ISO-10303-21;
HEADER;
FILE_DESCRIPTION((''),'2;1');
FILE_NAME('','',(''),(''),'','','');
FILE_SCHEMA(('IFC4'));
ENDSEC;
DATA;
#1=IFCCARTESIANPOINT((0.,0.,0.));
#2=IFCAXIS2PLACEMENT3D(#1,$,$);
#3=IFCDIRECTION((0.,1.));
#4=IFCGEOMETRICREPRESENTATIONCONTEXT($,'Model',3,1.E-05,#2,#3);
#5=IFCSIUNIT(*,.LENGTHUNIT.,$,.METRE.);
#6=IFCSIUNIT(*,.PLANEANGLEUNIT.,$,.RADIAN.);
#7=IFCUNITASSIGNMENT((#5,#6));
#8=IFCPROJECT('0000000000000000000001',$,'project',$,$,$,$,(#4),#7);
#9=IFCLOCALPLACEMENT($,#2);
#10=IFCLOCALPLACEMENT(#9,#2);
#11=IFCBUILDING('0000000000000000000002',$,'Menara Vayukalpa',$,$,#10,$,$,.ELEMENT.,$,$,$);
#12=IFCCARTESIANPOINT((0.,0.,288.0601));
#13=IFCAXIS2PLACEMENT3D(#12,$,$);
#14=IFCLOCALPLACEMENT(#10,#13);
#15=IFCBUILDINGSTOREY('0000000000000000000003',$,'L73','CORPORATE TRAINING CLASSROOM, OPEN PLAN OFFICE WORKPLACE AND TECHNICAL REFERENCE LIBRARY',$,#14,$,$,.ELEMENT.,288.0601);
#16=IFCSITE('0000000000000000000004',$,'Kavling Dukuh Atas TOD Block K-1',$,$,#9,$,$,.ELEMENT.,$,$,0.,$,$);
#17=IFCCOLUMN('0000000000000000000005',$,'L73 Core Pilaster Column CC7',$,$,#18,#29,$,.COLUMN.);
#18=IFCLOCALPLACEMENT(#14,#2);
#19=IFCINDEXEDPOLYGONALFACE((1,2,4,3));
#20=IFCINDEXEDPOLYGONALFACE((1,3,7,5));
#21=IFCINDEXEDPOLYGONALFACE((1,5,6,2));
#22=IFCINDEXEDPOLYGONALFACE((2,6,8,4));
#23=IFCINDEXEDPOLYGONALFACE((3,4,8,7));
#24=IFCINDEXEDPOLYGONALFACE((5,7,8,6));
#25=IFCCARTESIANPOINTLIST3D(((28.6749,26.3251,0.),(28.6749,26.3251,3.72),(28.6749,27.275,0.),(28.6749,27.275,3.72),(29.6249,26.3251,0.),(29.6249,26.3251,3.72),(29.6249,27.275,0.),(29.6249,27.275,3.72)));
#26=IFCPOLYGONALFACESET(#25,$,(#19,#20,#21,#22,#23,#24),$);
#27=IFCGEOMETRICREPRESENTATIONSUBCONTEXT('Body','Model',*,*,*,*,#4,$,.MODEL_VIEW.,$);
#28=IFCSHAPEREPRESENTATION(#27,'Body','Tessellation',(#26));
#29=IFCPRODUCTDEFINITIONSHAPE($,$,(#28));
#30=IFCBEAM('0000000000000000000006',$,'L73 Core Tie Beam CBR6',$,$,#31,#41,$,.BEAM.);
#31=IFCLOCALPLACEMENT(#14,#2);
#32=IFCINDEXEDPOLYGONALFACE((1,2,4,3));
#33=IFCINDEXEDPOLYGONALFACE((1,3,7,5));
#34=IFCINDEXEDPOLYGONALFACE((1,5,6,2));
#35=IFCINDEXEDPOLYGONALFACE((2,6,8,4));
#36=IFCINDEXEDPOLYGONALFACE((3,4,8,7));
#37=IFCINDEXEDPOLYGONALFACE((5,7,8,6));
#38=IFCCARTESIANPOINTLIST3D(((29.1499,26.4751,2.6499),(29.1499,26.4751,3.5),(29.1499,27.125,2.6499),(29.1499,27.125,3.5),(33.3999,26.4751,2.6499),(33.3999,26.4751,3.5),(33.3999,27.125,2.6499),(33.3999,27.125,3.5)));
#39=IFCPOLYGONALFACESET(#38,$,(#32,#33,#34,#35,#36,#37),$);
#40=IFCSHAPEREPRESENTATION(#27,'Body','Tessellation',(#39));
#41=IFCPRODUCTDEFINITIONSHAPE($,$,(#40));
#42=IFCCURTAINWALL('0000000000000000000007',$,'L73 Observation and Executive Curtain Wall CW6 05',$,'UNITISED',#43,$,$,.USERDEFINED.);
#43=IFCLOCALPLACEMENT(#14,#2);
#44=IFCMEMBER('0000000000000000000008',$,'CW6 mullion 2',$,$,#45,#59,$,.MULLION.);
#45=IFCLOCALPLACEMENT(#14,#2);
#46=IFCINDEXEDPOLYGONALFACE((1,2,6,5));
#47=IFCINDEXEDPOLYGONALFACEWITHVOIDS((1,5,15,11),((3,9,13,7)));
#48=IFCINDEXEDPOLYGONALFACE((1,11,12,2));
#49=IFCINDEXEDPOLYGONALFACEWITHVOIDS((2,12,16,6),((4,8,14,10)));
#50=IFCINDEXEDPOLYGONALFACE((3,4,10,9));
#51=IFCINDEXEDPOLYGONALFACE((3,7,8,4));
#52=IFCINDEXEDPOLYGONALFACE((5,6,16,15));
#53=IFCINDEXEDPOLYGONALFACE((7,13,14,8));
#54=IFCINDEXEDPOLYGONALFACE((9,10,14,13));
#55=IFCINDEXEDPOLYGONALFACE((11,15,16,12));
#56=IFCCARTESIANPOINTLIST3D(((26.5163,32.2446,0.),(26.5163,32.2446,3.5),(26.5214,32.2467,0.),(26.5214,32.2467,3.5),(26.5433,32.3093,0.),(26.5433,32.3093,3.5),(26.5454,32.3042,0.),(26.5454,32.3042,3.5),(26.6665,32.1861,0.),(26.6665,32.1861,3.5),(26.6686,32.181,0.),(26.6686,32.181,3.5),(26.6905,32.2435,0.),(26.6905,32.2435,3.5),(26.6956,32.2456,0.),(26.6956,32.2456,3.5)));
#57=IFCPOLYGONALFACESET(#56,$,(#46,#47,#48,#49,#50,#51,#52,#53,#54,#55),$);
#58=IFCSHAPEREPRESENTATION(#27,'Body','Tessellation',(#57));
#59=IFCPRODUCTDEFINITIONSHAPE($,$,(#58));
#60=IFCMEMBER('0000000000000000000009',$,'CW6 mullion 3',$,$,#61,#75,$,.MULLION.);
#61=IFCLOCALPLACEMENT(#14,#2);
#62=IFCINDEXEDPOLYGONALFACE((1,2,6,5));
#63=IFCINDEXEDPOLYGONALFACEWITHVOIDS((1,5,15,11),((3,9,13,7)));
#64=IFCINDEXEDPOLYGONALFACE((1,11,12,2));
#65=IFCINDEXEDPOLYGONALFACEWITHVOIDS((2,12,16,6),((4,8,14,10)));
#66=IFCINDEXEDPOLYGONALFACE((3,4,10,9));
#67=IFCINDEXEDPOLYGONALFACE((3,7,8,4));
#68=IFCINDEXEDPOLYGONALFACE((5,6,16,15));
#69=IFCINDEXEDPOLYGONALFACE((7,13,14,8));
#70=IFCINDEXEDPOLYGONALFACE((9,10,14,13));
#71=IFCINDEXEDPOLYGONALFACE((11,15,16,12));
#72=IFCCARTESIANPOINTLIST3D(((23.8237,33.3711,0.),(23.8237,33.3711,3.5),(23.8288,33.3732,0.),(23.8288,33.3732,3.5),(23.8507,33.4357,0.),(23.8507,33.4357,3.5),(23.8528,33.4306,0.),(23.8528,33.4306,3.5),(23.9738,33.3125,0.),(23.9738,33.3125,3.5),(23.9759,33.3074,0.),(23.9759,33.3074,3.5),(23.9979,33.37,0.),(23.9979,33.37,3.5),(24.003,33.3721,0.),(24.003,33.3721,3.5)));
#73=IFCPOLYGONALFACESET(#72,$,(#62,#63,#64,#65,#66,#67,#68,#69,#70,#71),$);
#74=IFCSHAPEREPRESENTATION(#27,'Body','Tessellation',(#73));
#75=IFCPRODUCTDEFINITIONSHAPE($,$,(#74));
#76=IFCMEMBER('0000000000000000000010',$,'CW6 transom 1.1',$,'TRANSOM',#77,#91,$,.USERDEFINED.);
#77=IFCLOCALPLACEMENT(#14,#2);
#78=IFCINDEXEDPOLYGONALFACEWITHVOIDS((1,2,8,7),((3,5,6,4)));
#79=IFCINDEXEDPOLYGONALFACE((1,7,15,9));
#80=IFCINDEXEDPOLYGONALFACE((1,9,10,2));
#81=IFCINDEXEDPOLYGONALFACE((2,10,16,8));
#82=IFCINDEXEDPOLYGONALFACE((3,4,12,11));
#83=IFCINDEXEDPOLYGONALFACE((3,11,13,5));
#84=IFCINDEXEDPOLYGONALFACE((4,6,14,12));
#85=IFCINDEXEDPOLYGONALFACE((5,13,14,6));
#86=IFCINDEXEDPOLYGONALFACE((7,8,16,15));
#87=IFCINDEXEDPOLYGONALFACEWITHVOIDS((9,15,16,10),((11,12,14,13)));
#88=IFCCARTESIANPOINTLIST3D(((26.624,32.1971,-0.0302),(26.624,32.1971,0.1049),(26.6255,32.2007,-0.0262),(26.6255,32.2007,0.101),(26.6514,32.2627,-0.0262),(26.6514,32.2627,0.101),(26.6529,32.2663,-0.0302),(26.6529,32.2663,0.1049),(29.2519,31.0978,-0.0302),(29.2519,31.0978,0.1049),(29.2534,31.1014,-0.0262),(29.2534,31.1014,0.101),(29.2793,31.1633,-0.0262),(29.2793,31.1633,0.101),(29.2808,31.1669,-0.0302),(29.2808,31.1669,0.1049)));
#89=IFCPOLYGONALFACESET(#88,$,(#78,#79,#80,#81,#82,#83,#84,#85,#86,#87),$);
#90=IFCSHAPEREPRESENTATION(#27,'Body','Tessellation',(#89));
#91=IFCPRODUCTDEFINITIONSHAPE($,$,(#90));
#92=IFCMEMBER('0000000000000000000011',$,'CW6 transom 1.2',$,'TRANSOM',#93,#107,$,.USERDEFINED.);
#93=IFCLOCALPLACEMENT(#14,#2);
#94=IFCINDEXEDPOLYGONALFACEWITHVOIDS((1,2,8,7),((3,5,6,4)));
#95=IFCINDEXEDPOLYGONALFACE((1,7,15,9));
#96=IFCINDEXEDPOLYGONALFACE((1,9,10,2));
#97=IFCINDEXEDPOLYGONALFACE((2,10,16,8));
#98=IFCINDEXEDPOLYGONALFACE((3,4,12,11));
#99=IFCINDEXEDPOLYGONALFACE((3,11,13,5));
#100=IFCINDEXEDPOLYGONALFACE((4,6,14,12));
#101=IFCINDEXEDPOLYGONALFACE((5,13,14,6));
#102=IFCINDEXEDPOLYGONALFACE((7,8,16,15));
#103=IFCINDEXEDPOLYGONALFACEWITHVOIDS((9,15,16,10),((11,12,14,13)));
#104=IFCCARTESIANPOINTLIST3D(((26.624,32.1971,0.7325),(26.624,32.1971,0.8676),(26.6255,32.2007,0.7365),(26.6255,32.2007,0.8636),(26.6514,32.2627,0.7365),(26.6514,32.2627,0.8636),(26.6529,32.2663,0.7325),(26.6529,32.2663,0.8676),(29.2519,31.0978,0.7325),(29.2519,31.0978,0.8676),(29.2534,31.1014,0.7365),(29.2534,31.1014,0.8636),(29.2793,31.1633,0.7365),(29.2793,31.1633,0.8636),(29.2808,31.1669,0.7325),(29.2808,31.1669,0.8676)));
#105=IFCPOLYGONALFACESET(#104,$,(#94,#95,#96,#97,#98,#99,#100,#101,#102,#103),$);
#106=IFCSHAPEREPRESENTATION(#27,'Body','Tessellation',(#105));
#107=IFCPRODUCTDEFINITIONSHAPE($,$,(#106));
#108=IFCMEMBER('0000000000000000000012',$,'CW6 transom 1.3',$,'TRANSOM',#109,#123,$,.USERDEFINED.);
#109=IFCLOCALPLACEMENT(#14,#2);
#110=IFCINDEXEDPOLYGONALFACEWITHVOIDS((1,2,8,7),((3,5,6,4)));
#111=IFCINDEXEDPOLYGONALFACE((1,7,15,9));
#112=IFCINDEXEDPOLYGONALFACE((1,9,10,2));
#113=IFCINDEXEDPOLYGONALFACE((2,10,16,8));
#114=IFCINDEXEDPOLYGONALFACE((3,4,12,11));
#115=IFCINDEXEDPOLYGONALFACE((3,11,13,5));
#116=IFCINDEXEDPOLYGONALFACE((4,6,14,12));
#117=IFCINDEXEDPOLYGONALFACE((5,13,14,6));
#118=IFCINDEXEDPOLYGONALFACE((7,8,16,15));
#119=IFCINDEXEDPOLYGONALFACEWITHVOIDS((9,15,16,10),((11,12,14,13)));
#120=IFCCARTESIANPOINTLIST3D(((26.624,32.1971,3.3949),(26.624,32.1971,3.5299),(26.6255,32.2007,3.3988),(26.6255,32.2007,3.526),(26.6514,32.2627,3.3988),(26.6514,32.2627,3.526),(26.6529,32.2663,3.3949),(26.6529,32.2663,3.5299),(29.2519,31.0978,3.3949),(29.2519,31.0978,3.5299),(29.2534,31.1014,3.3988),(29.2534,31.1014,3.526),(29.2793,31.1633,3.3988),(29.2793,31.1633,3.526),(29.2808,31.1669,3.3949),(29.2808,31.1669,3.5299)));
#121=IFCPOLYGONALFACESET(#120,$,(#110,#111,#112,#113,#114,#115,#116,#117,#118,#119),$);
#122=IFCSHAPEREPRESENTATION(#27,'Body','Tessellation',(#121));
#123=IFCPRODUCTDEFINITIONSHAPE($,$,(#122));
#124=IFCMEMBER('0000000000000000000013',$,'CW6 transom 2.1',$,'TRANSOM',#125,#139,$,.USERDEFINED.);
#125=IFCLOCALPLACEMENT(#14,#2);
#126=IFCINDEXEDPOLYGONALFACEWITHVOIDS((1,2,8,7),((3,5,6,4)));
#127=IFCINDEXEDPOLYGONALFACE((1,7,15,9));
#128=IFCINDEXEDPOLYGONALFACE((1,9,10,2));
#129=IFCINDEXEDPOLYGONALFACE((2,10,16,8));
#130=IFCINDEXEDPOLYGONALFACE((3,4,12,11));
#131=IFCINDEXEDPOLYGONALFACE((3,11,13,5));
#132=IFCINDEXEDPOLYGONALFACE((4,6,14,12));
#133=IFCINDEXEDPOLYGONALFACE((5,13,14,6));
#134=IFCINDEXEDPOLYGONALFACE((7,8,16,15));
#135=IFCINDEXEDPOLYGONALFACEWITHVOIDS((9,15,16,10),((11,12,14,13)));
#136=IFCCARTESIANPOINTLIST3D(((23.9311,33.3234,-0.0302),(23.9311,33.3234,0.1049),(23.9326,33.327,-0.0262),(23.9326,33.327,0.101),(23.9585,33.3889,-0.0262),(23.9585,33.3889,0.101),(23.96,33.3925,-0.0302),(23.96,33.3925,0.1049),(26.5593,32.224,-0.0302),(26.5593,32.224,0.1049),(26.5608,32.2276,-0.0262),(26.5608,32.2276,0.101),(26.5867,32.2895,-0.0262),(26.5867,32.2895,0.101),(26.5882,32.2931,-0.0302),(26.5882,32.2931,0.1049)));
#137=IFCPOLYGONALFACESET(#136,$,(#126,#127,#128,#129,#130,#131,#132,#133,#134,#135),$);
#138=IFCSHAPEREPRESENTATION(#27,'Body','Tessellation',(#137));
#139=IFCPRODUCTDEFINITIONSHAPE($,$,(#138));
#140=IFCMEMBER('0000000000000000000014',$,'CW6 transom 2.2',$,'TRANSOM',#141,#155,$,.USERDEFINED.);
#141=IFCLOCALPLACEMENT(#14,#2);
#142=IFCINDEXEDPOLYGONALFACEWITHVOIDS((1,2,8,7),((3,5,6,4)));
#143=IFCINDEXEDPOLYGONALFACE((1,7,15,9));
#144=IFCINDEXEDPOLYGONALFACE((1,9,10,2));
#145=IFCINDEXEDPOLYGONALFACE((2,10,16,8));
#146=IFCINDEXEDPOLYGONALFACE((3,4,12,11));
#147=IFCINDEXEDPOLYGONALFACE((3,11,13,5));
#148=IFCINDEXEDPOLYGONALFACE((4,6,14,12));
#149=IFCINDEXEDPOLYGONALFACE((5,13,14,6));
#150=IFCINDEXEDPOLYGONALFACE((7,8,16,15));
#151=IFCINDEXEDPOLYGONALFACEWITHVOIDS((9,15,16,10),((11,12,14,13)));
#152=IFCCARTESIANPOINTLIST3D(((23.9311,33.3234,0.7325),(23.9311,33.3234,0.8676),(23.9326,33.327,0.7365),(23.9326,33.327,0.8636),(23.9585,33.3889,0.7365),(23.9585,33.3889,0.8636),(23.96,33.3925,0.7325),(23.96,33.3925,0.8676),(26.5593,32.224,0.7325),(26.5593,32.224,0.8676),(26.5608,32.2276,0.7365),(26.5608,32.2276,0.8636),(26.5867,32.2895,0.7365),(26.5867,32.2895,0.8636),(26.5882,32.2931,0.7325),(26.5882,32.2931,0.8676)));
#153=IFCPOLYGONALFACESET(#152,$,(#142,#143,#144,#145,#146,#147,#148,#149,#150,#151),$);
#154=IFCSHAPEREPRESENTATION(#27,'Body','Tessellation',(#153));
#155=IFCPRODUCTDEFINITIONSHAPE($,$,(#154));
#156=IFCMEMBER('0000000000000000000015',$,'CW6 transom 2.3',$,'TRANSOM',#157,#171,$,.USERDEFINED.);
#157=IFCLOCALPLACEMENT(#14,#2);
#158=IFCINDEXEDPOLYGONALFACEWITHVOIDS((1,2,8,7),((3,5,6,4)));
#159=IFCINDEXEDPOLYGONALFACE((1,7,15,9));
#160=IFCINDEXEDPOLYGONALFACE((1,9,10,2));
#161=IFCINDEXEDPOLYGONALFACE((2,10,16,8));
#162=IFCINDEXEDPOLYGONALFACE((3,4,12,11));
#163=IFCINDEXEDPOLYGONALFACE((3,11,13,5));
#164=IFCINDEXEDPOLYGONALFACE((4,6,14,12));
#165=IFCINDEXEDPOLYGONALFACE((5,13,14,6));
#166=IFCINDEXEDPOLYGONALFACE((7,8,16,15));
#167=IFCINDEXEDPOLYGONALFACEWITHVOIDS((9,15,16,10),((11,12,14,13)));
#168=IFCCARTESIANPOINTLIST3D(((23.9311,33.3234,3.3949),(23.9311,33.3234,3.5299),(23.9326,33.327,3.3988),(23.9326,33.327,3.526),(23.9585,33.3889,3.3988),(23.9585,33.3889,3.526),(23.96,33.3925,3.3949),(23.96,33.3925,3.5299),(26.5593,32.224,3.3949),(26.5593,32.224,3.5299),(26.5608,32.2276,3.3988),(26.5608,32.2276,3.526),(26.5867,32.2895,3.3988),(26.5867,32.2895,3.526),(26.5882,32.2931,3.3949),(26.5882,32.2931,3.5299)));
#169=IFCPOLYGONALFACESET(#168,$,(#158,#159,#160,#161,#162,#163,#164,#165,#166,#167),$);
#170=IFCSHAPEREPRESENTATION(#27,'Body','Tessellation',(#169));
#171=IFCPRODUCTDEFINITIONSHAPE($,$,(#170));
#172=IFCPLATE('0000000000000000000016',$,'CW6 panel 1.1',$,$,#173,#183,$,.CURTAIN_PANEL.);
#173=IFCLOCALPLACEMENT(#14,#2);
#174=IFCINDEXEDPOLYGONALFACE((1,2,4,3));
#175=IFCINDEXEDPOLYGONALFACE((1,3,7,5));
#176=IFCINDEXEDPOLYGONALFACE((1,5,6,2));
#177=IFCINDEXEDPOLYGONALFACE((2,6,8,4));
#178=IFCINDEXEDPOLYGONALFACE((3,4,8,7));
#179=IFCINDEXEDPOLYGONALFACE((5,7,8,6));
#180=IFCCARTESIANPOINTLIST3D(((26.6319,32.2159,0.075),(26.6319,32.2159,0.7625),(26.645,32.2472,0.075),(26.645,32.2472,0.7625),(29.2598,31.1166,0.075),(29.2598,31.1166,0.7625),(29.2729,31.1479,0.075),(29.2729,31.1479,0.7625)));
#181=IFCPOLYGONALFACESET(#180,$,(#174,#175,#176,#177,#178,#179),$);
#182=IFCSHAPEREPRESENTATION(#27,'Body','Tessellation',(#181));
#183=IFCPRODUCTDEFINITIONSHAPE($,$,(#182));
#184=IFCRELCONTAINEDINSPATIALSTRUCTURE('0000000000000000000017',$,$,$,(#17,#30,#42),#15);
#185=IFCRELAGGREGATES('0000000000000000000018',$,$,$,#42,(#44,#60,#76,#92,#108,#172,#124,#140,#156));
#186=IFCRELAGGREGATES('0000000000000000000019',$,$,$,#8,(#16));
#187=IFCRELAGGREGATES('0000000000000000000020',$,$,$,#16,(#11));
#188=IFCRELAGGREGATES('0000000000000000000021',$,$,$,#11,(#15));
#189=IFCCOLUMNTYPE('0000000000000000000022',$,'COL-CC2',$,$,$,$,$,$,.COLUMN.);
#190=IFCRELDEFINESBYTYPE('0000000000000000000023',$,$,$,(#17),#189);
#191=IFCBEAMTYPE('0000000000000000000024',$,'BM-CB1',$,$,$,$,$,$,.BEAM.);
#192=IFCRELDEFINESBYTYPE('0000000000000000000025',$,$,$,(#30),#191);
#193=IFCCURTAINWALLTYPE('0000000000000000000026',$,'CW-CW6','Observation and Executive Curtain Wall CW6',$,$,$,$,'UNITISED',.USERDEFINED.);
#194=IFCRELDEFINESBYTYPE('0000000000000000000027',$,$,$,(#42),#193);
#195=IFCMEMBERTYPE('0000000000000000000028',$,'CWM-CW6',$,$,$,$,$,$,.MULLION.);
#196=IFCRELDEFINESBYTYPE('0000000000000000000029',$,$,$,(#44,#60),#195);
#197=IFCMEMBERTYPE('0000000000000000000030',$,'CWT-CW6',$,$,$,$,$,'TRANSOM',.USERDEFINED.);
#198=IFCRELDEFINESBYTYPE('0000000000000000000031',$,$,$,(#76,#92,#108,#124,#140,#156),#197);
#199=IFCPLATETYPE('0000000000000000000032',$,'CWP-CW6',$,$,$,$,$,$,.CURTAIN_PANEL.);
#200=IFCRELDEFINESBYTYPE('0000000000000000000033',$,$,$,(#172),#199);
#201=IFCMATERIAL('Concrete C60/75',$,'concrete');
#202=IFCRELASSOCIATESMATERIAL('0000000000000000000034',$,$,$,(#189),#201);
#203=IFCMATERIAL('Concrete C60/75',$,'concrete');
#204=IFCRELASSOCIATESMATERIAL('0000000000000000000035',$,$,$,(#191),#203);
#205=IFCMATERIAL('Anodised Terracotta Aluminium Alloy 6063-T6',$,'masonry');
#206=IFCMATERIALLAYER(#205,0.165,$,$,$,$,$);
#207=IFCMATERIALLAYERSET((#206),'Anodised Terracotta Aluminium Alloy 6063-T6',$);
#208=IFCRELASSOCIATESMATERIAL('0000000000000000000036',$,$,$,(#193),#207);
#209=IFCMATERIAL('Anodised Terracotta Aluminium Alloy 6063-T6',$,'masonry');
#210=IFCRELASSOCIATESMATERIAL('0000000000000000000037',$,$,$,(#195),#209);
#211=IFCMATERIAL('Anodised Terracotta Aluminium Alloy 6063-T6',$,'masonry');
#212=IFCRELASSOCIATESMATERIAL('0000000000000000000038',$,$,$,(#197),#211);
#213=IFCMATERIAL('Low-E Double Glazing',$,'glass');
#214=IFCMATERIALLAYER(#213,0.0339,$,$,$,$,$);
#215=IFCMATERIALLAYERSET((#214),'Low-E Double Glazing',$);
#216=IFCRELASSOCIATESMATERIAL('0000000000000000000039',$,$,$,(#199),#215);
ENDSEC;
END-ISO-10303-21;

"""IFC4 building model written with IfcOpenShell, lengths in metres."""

from ifc_helpers import new_model, si_unit, direction, frame, origin, origin_2d, place, context, subcontext, project, spatial, rectangle, hollow_rectangle, extrude, material, layer, layer_set, material_profile, profile_set, type_object, element, aggregate, save


model = new_model("IFC4")

# Units and contexts
model_context = context("Model", 3, precision=1e-05, world=origin(), true_north=direction((0.0, 1.0)))
body_context = subcontext(model_context, "Body", "Model", "MODEL_VIEW")
ifc_project = project(units=[si_unit("LENGTHUNIT", "METRE"), si_unit("PLANEANGLEUNIT", "RADIAN")], contexts=[model_context])

# Site, building, storey
site_placement = place(None, origin())
site = spatial("IfcSite", under=ifc_project, at=site_placement, Name="Kavling Dukuh Atas TOD Block K-1", CompositionType="ELEMENT", RefElevation=0.0)
building_placement = place(site_placement, origin())
building = spatial("IfcBuilding", under=site, at=building_placement, Name="Menara Vayukalpa", CompositionType="ELEMENT")
storey_placement = place(building_placement, frame((0.0, 0.0, 288.0601)))
storey = spatial("IfcBuildingStorey", under=building, at=storey_placement, Name="L73", Description="CORPORATE TRAINING CLASSROOM, OPEN PLAN OFFICE WORKPLACE AND TECHNICAL REFERENCE LIBRARY", CompositionType="ELEMENT", Elevation=288.0601)

# Column
ifc_material_1 = material(Name="Concrete C60/75", Category="concrete")
ifc_material_profile_1 = material_profile(ifc_material_1, rectangle(XDim=0.95, YDim=0.95, at=origin_2d()), Name="RC 950x950")
ifc_profile_set_1 = profile_set([ifc_material_profile_1], Name="Concrete C60/75")
column_type = type_object("IfcColumnType", Name="COL-CC2", PredefinedType="COLUMN", material=ifc_profile_set_1)
column_placement = place(storey_placement, frame((29.1499, 26.8, 0.0), z_axis=(0.0, 0.0, 1.0), x_axis=(1.0, 0.0, 0.0)))
element("IfcColumn", 1, at=column_placement, inside=storey, type_object=column_type, Name="L73 Core Pilaster Column CC7", PredefinedType="COLUMN", context=body_context, shape_type="SweptSolid", body=[
    extrude(rectangle(XDim=0.95, YDim=0.95, at=origin_2d()), origin(), (0.0, 0.0, 1.0), 3.72),
])

# Beam
ifc_material_2 = material(Name="Concrete C60/75", Category="concrete")
ifc_material_profile_2 = material_profile(ifc_material_2, rectangle(XDim=0.6499, YDim=0.8501, at=origin_2d()), Name="RC 650x850")
ifc_profile_set_2 = profile_set([ifc_material_profile_2], Name="Concrete C60/75")
beam_type = type_object("IfcBeamType", Name="BM-CB1", PredefinedType="BEAM", material=ifc_profile_set_2)
beam_placement = place(storey_placement, frame((29.1499, 26.8, 3.075), z_axis=(1.0, 0.0, 0.0), x_axis=(0.0, 1.0, 0.0)))
element("IfcBeam", 2, at=beam_placement, inside=storey, type_object=beam_type, Name="L73 Core Tie Beam CBR6", PredefinedType="BEAM", context=body_context, shape_type="SweptSolid", body=[
    extrude(rectangle(XDim=0.6499, YDim=0.8501, at=origin_2d()), origin(), (0.0, 0.0, 1.0), 4.25),
])

# Curtain wall, members, plate
ifc_material_3 = material(Name="Anodised Terracotta Aluminium Alloy 6063-T6", Category="masonry")
ifc_layer_1 = layer(ifc_material_3, 0.165)
ifc_layer_set_1 = layer_set([ifc_layer_1], Name="Anodised Terracotta Aluminium Alloy 6063-T6")
curtain_wall_type = type_object("IfcCurtainWallType", Name="CW-CW6", Description="Observation and Executive Curtain Wall CW6", ElementType="UNITISED", PredefinedType="USERDEFINED", material=ifc_layer_set_1)
curtain_wall_placement = place(storey_placement, origin())
curtain_wall = element("IfcCurtainWall", 3, at=curtain_wall_placement, inside=storey, type_object=curtain_wall_type, Name="L73 Observation and Executive Curtain Wall CW6 05", ObjectType="UNITISED", PredefinedType="USERDEFINED")
ifc_material_4 = material(Name="Anodised Terracotta Aluminium Alloy 6063-T6", Category="masonry")
ifc_material_profile_3 = material_profile(ifc_material_4, hollow_rectangle(XDim=0.0701, YDim=0.165, WallThickness=0.0039, at=origin_2d()), Name="ALU 70x165x4")
ifc_profile_set_3 = profile_set([ifc_material_profile_3], Name="Anodised Terracotta Aluminium Alloy 6063-T6")
member_type_1 = type_object("IfcMemberType", Name="CWM-CW6", PredefinedType="MULLION", material=ifc_profile_set_3)
member_1_placement = place(storey_placement, frame((26.606, 32.2451, 0.0), z_axis=(0.0, 0.0, 1.0), x_axis=(-0.3859, -0.922541, 0.0)))
member_1 = element("IfcMember", 4, at=member_1_placement, type_object=member_type_1, Name="CW6 mullion 2", PredefinedType="MULLION", context=body_context, shape_type="SweptSolid", body=[
    extrude(hollow_rectangle(XDim=0.0701, YDim=0.165, WallThickness=0.0039, at=origin_2d()), origin(), (0.0, 0.0, 1.0), 3.5),
])
member_2_placement = place(storey_placement, frame((23.9133, 33.3716, 0.0), z_axis=(0.0, 0.0, 1.0), x_axis=(-0.3859, -0.922541, 0.0)))
member_2 = element("IfcMember", 5, at=member_2_placement, type_object=member_type_1, Name="CW6 mullion 3", PredefinedType="MULLION", context=body_context, shape_type="SweptSolid", body=[
    extrude(hollow_rectangle(XDim=0.0701, YDim=0.165, WallThickness=0.0039, at=origin_2d()), origin(), (0.0, 0.0, 1.0), 3.5),
])
ifc_material_5 = material(Name="Anodised Terracotta Aluminium Alloy 6063-T6", Category="masonry")
ifc_material_profile_4 = material_profile(ifc_material_5, hollow_rectangle(XDim=0.075, YDim=0.135, WallThickness=0.0039, at=origin_2d()), Name="ALU 75x135x4")
ifc_profile_set_4 = profile_set([ifc_material_profile_4], Name="Anodised Terracotta Aluminium Alloy 6063-T6")
member_type_2 = type_object("IfcMemberType", Name="CWT-CW6", ElementType="TRANSOM", PredefinedType="USERDEFINED", material=ifc_profile_set_4)
member_3_placement = place(storey_placement, frame((29.2664, 31.1323, 0.0374), z_axis=(-0.922528, 0.385929, 0.0), x_axis=(-0.385929, -0.922528, 0.0)))
member_3 = element("IfcMember", 6, at=member_3_placement, type_object=member_type_2, Name="CW6 transom 1.1", ObjectType="TRANSOM", PredefinedType="USERDEFINED", context=body_context, shape_type="SweptSolid", body=[
    extrude(hollow_rectangle(XDim=0.075, YDim=0.135, WallThickness=0.0039, at=origin_2d()), origin(), (0.0, 0.0, 1.0), 2.8486),
])
member_4_placement = place(storey_placement, frame((29.2664, 31.1323, 0.8), z_axis=(-0.922528, 0.385929, 0.0), x_axis=(-0.385929, -0.922528, 0.0)))
member_4 = element("IfcMember", 7, at=member_4_placement, type_object=member_type_2, Name="CW6 transom 1.2", ObjectType="TRANSOM", PredefinedType="USERDEFINED", context=body_context, shape_type="SweptSolid", body=[
    extrude(hollow_rectangle(XDim=0.075, YDim=0.135, WallThickness=0.0039, at=origin_2d()), origin(), (0.0, 0.0, 1.0), 2.8486),
])
member_5_placement = place(storey_placement, frame((29.2664, 31.1323, 3.4624), z_axis=(-0.922528, 0.385929, 0.0), x_axis=(-0.385929, -0.922528, 0.0)))
member_5 = element("IfcMember", 8, at=member_5_placement, type_object=member_type_2, Name="CW6 transom 1.3", ObjectType="TRANSOM", PredefinedType="USERDEFINED", context=body_context, shape_type="SweptSolid", body=[
    extrude(hollow_rectangle(XDim=0.075, YDim=0.135, WallThickness=0.0039, at=origin_2d()), origin(), (0.0, 0.0, 1.0), 2.8486),
])
member_6_placement = place(storey_placement, frame((26.5737, 32.2585, 0.0374), z_axis=(-0.922541, 0.385899, 0.0), x_axis=(-0.385899, -0.922541, 0.0)))
member_6 = element("IfcMember", 9, at=member_6_placement, type_object=member_type_2, Name="CW6 transom 2.1", ObjectType="TRANSOM", PredefinedType="USERDEFINED", context=body_context, shape_type="SweptSolid", body=[
    extrude(hollow_rectangle(XDim=0.075, YDim=0.135, WallThickness=0.0039, at=origin_2d()), origin(), (0.0, 0.0, 1.0), 2.8489),
])
member_7_placement = place(storey_placement, frame((26.5737, 32.2585, 0.8), z_axis=(-0.922541, 0.385899, 0.0), x_axis=(-0.385899, -0.922541, 0.0)))
member_7 = element("IfcMember", 10, at=member_7_placement, type_object=member_type_2, Name="CW6 transom 2.2", ObjectType="TRANSOM", PredefinedType="USERDEFINED", context=body_context, shape_type="SweptSolid", body=[
    extrude(hollow_rectangle(XDim=0.075, YDim=0.135, WallThickness=0.0039, at=origin_2d()), origin(), (0.0, 0.0, 1.0), 2.8489),
])
member_8_placement = place(storey_placement, frame((26.5737, 32.2585, 3.4624), z_axis=(-0.922541, 0.385899, 0.0), x_axis=(-0.385899, -0.922541, 0.0)))
member_8 = element("IfcMember", 11, at=member_8_placement, type_object=member_type_2, Name="CW6 transom 2.3", ObjectType="TRANSOM", PredefinedType="USERDEFINED", context=body_context, shape_type="SweptSolid", body=[
    extrude(hollow_rectangle(XDim=0.075, YDim=0.135, WallThickness=0.0039, at=origin_2d()), origin(), (0.0, 0.0, 1.0), 2.8489),
])
ifc_material_6 = material(Name="Low-E Double Glazing", Category="glass")
ifc_layer_2 = layer(ifc_material_6, 0.0339)
ifc_layer_set_2 = layer_set([ifc_layer_2], Name="Low-E Double Glazing")
plate_type = type_object("IfcPlateType", Name="CWP-CW6", PredefinedType="CURTAIN_PANEL", material=ifc_layer_set_2)
plate_1_placement = place(storey_placement, frame((27.9524, 31.6819, 0.075), z_axis=(0.0, 0.0, 1.0), x_axis=(-0.922541, 0.3859, 0.0)))
plate_1 = element("IfcPlate", 12, at=plate_1_placement, type_object=plate_type, Name="CW6 panel 1.1", PredefinedType="CURTAIN_PANEL", context=body_context, shape_type="SweptSolid", body=[
    extrude(rectangle(XDim=2.8486, YDim=0.0339, at=origin_2d()), origin(), (0.0, 0.0, 1.0), 0.6875),
])
aggregate(curtain_wall, [member_1, member_2, member_3, member_4, member_5, plate_1, member_6, member_7, member_8])

save(model, "model.ifc")
